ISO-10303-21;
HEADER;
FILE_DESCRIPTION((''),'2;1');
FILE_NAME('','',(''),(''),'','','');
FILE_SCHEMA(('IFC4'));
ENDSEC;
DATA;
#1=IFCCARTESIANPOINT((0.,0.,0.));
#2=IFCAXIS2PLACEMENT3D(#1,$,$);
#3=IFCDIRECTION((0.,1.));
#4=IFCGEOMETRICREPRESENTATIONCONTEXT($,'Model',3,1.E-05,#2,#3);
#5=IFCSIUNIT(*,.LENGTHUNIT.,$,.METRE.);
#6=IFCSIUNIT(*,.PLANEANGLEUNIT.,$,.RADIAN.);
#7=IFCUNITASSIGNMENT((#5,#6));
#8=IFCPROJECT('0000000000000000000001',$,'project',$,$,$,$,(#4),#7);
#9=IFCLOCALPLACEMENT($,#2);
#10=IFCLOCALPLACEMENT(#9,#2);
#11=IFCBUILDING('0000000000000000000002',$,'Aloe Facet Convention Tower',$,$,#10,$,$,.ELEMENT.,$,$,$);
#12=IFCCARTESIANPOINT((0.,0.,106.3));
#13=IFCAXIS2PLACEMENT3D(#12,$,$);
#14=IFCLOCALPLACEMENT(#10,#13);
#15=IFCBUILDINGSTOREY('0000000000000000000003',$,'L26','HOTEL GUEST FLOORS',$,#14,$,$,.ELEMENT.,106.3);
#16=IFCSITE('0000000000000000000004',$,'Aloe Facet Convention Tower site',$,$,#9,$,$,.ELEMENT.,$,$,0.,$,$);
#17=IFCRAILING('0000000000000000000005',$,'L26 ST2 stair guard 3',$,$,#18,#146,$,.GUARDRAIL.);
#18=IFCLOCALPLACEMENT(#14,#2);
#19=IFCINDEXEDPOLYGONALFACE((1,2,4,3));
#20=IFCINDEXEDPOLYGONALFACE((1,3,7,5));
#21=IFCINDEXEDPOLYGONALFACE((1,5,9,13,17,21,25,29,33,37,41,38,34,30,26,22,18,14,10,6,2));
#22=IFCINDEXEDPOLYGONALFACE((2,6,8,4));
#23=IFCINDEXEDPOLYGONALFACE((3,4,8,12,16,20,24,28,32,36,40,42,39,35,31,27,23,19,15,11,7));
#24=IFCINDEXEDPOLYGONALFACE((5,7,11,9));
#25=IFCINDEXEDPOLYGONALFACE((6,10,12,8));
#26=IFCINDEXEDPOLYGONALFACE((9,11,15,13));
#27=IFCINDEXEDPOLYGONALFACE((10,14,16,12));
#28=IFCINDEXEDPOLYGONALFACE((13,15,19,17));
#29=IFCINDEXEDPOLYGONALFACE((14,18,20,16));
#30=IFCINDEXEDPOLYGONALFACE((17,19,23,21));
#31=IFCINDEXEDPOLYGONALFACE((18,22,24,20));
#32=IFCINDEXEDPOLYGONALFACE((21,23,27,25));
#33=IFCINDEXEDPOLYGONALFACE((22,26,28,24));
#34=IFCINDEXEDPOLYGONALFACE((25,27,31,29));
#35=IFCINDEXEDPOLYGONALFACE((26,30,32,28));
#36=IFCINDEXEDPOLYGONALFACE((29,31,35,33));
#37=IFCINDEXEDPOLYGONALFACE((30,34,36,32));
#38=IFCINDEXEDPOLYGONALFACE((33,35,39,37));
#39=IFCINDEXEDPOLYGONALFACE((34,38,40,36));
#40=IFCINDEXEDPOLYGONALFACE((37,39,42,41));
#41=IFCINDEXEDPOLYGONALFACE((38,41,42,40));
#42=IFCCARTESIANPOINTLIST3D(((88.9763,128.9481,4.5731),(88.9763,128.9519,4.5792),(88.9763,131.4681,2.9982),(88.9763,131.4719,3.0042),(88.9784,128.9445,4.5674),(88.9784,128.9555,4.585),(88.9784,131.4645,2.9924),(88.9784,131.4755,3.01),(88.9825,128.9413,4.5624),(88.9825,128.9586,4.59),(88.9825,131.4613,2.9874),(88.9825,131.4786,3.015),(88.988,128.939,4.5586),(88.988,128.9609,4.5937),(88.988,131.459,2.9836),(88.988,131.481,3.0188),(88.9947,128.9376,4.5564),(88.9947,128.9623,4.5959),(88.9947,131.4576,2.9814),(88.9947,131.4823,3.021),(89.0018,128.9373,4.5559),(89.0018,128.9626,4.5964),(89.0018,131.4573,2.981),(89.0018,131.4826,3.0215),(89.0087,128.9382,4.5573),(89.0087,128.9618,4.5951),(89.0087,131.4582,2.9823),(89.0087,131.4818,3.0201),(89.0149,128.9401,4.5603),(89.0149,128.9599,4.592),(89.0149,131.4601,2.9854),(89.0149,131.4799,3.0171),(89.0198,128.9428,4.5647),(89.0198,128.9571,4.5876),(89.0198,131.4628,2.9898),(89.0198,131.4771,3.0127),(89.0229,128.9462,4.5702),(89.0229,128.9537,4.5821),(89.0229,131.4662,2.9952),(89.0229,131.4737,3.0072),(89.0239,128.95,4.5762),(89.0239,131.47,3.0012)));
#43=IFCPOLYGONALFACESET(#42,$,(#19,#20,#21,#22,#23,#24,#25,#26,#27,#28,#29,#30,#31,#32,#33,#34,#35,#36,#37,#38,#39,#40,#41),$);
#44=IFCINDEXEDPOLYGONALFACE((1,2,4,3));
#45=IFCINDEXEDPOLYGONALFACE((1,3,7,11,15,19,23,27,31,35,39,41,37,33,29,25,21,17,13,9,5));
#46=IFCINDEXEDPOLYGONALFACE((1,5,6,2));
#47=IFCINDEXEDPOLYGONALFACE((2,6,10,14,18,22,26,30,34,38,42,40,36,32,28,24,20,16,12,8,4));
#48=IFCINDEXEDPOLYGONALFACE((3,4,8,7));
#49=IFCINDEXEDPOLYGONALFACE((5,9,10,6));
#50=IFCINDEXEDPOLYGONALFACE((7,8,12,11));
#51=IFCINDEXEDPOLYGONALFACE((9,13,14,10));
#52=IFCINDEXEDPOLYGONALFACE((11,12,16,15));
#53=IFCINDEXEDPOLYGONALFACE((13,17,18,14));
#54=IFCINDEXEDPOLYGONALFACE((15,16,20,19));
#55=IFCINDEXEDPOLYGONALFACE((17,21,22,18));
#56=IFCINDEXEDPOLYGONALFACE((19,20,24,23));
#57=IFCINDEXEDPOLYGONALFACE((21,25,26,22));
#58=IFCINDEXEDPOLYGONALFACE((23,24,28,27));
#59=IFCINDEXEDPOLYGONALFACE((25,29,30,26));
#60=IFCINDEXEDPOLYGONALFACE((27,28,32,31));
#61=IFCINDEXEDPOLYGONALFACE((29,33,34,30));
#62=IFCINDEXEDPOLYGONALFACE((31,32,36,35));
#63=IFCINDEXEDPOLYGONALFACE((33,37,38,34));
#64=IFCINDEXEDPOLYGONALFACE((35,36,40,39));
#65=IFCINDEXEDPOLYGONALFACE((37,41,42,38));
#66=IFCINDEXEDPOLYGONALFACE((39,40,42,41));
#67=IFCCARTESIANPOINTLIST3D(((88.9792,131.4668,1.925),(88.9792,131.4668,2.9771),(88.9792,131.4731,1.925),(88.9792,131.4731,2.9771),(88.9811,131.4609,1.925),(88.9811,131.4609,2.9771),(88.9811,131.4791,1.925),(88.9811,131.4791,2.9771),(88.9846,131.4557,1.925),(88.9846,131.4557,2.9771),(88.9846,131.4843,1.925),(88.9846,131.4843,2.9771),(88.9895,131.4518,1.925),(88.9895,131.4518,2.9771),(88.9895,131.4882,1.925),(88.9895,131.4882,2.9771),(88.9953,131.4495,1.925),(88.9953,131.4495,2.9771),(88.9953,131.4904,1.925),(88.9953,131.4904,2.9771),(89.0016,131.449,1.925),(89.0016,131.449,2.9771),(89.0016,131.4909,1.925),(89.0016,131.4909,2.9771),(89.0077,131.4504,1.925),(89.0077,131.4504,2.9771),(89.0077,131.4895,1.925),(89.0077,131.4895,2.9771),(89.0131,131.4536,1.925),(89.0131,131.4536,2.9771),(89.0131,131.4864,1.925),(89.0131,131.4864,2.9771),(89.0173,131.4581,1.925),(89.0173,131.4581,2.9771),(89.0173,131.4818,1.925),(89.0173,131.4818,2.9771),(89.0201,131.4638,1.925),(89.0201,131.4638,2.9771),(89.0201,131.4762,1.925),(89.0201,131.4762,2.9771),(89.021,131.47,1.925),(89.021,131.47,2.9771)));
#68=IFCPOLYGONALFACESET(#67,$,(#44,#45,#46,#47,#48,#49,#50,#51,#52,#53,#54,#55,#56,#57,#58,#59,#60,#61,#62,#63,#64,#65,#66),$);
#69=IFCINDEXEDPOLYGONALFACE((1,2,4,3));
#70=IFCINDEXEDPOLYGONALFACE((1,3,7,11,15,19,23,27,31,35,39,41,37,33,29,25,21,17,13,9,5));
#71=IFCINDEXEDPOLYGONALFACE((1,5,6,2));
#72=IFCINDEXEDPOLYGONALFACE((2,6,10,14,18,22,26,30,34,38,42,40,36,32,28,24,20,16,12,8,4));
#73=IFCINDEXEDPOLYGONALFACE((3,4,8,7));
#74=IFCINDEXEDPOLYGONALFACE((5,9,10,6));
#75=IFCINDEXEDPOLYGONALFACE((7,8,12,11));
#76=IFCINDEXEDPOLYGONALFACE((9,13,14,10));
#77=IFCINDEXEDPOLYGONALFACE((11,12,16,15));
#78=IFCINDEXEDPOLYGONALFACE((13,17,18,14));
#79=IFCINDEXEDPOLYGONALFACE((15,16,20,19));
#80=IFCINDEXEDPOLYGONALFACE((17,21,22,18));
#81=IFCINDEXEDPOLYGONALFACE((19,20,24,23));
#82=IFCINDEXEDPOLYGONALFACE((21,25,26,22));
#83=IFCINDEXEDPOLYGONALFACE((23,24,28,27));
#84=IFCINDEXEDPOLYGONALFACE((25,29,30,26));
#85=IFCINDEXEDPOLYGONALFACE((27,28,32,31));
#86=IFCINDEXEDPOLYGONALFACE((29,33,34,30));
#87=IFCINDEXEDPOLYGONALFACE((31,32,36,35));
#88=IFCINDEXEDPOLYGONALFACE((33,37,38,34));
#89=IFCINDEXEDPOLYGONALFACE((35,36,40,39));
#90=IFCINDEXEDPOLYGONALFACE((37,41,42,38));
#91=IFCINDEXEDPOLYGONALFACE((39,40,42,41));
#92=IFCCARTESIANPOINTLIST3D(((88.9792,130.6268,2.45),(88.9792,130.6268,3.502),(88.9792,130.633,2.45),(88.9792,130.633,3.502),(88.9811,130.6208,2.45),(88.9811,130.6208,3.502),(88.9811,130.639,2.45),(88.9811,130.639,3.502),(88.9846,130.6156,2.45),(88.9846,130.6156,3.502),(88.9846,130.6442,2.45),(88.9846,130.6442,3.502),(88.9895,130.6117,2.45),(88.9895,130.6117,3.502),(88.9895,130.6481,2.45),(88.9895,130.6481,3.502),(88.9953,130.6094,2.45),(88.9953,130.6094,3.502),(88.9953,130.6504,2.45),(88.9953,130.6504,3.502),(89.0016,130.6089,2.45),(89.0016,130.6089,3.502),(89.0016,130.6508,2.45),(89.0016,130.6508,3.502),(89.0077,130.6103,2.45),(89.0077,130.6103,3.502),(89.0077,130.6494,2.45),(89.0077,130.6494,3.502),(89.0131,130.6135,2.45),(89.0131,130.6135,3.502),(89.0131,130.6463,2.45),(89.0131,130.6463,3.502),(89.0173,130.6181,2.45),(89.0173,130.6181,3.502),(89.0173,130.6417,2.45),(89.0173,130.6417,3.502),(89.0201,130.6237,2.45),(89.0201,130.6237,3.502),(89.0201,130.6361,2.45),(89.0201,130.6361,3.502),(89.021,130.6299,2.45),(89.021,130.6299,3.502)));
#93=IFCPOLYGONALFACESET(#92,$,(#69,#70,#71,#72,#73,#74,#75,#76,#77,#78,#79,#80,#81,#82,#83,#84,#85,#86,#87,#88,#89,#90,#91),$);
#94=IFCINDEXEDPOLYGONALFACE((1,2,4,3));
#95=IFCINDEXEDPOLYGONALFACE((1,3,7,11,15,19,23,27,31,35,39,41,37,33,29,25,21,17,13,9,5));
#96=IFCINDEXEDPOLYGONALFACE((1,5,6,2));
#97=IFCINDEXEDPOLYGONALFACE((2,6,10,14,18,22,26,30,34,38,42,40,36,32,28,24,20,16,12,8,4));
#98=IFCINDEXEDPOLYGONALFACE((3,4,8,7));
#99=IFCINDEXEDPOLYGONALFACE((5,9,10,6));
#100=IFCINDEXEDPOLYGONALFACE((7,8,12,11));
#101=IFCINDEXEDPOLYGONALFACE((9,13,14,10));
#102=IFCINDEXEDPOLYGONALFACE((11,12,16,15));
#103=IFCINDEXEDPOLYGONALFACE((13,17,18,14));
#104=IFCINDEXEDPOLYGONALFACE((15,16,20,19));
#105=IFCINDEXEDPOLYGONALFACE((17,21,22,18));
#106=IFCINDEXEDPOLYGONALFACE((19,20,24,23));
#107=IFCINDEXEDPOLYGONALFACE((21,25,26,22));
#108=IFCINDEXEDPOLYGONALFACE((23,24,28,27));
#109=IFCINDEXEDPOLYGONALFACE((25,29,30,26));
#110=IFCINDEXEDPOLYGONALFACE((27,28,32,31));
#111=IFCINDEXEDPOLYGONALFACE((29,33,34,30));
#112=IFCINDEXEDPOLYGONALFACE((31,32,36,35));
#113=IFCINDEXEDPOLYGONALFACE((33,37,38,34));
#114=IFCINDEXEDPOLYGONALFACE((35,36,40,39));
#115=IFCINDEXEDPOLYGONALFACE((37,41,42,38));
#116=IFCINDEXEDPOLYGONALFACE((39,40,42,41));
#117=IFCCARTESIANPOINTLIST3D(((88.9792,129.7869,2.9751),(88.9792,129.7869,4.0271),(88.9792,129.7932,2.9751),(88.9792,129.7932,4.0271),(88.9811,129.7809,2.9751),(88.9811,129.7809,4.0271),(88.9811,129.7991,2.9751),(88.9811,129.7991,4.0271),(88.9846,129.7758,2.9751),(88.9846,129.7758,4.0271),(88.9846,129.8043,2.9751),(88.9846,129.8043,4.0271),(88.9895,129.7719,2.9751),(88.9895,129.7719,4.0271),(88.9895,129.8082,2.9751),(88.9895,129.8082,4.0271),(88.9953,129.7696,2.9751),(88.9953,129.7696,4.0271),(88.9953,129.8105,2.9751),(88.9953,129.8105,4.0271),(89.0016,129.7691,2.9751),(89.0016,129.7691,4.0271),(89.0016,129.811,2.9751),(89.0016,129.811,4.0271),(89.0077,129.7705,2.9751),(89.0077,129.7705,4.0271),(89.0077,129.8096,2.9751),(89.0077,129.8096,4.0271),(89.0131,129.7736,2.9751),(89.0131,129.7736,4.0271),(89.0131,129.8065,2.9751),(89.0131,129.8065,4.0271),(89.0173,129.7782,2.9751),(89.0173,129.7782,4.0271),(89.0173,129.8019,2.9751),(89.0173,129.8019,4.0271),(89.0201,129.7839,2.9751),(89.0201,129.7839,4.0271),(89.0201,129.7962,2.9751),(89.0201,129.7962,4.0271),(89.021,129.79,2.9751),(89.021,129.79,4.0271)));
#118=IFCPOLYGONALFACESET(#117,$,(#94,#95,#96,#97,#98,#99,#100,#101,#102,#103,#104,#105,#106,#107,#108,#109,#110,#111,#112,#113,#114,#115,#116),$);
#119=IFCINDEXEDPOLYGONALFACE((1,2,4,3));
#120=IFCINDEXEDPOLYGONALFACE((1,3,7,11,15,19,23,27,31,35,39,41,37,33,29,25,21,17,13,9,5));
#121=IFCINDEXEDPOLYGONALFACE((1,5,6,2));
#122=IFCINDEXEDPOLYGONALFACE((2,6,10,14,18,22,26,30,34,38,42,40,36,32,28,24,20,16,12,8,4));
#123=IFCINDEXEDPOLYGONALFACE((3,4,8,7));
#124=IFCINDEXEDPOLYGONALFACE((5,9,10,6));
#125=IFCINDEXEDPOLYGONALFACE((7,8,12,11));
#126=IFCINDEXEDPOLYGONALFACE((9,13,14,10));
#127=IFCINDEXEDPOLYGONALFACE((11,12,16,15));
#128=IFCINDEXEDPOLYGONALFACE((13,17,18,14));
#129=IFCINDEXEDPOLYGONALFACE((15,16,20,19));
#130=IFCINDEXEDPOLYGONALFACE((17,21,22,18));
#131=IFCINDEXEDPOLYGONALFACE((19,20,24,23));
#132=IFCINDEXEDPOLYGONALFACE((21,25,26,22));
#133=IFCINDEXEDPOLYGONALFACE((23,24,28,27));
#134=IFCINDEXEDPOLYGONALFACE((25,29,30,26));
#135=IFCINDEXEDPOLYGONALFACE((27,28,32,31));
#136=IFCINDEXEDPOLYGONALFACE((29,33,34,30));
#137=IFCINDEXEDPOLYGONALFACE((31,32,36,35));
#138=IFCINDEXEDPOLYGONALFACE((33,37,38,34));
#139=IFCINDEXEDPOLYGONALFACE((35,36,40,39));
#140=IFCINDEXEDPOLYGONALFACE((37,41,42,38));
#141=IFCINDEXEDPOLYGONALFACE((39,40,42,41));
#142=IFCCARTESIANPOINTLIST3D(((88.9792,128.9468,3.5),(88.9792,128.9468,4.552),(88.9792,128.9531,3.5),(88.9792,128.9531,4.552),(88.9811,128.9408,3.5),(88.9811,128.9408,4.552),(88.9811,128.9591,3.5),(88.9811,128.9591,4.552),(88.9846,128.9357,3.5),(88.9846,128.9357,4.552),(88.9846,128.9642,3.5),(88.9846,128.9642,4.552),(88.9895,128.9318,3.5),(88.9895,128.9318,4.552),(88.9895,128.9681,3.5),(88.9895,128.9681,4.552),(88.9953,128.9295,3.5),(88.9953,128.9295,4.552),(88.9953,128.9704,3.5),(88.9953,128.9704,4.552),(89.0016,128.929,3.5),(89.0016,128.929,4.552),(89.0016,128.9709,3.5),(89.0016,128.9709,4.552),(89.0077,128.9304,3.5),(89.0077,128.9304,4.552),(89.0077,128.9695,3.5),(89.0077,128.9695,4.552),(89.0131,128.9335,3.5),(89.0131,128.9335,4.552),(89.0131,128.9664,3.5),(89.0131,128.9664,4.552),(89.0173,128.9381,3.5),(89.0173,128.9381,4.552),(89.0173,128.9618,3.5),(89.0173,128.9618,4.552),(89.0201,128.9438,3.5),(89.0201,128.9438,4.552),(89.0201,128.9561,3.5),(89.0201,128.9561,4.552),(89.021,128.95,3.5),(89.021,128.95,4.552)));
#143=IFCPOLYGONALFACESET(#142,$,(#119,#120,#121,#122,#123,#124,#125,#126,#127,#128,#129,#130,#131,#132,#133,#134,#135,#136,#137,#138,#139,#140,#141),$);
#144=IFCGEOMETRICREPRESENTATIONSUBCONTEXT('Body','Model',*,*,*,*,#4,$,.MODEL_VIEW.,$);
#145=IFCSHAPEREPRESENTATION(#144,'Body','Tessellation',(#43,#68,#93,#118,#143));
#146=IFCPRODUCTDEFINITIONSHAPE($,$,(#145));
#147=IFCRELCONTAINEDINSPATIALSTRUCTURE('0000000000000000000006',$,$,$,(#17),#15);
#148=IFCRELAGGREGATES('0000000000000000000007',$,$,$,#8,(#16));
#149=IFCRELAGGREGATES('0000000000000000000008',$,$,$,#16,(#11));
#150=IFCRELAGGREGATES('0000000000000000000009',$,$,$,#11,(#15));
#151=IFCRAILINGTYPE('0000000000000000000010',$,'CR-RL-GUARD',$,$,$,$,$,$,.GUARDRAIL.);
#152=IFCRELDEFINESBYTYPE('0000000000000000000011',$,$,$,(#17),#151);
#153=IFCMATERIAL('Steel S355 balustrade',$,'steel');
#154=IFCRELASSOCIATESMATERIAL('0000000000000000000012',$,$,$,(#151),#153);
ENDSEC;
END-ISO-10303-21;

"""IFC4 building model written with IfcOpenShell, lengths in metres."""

from ifc_helpers import new_model, si_unit, direction, frame, origin, origin_2d, place, context, subcontext, project, spatial, circle, extrude, material, type_object, element, save


model = new_model("IFC4")

# Units and contexts
model_context = context("Model", 3, precision=1e-05, world=origin(), true_north=direction((0.0, 1.0)))
body_context = subcontext(model_context, "Body", "Model", "MODEL_VIEW")
ifc_project = project(units=[si_unit("LENGTHUNIT", "METRE"), si_unit("PLANEANGLEUNIT", "RADIAN")], contexts=[model_context])

# Site, building, storey
site_placement = place(None, origin())
site = spatial("IfcSite", under=ifc_project, at=site_placement, Name="Aloe Facet Convention Tower site", CompositionType="ELEMENT", RefElevation=0.0)
building_placement = place(site_placement, origin())
building = spatial("IfcBuilding", under=site, at=building_placement, Name="Aloe Facet Convention Tower", CompositionType="ELEMENT")
storey_placement = place(building_placement, frame((0.0, 0.0, 106.3)))
storey = spatial("IfcBuildingStorey", under=building, at=storey_placement, Name="L26", Description="HOTEL GUEST FLOORS", CompositionType="ELEMENT", Elevation=106.3)

# Railing
ifc_material_1 = material(Name="Steel S355 balustrade", Category="steel")
railing_type_1 = type_object("IfcRailingType", Name="CR-RL-GUARD", PredefinedType="GUARDRAIL", material=ifc_material_1)
railing_1_placement = place(storey_placement, frame((89.0, 131.47, 1.925)))
element("IfcRailing", 1, at=railing_1_placement, inside=storey, type_object=railing_type_1, Name="L26 ST2 stair guard 3", PredefinedType="GUARDRAIL", context=body_context, shape_type="SweptSolid", body=[
    extrude(circle(Radius=0.0239, at=origin_2d()), frame((0.0, 0.0, 1.0762), z_axis=(0.0, -0.848008, 0.529984), x_axis=(1.0, 0.0, 0.0)), (0.0, 0.0, 1.0), 2.9717),
    extrude(circle(Radius=0.021, at=origin_2d()), origin(), (0.0, 0.0, 1.0), 1.052),
    extrude(circle(Radius=0.021, at=origin_2d()), frame((0.0, -0.8401, 0.5249)), (0.0, 0.0, 1.0), 1.052),
    extrude(circle(Radius=0.021, at=origin_2d()), frame((0.0, -1.6799, 1.05)), (0.0, 0.0, 1.0), 1.052),
    extrude(circle(Radius=0.021, at=origin_2d()), frame((0.0, -2.52, 1.575)), (0.0, 0.0, 1.0), 1.052),
])

save(model, "model.ifc")
